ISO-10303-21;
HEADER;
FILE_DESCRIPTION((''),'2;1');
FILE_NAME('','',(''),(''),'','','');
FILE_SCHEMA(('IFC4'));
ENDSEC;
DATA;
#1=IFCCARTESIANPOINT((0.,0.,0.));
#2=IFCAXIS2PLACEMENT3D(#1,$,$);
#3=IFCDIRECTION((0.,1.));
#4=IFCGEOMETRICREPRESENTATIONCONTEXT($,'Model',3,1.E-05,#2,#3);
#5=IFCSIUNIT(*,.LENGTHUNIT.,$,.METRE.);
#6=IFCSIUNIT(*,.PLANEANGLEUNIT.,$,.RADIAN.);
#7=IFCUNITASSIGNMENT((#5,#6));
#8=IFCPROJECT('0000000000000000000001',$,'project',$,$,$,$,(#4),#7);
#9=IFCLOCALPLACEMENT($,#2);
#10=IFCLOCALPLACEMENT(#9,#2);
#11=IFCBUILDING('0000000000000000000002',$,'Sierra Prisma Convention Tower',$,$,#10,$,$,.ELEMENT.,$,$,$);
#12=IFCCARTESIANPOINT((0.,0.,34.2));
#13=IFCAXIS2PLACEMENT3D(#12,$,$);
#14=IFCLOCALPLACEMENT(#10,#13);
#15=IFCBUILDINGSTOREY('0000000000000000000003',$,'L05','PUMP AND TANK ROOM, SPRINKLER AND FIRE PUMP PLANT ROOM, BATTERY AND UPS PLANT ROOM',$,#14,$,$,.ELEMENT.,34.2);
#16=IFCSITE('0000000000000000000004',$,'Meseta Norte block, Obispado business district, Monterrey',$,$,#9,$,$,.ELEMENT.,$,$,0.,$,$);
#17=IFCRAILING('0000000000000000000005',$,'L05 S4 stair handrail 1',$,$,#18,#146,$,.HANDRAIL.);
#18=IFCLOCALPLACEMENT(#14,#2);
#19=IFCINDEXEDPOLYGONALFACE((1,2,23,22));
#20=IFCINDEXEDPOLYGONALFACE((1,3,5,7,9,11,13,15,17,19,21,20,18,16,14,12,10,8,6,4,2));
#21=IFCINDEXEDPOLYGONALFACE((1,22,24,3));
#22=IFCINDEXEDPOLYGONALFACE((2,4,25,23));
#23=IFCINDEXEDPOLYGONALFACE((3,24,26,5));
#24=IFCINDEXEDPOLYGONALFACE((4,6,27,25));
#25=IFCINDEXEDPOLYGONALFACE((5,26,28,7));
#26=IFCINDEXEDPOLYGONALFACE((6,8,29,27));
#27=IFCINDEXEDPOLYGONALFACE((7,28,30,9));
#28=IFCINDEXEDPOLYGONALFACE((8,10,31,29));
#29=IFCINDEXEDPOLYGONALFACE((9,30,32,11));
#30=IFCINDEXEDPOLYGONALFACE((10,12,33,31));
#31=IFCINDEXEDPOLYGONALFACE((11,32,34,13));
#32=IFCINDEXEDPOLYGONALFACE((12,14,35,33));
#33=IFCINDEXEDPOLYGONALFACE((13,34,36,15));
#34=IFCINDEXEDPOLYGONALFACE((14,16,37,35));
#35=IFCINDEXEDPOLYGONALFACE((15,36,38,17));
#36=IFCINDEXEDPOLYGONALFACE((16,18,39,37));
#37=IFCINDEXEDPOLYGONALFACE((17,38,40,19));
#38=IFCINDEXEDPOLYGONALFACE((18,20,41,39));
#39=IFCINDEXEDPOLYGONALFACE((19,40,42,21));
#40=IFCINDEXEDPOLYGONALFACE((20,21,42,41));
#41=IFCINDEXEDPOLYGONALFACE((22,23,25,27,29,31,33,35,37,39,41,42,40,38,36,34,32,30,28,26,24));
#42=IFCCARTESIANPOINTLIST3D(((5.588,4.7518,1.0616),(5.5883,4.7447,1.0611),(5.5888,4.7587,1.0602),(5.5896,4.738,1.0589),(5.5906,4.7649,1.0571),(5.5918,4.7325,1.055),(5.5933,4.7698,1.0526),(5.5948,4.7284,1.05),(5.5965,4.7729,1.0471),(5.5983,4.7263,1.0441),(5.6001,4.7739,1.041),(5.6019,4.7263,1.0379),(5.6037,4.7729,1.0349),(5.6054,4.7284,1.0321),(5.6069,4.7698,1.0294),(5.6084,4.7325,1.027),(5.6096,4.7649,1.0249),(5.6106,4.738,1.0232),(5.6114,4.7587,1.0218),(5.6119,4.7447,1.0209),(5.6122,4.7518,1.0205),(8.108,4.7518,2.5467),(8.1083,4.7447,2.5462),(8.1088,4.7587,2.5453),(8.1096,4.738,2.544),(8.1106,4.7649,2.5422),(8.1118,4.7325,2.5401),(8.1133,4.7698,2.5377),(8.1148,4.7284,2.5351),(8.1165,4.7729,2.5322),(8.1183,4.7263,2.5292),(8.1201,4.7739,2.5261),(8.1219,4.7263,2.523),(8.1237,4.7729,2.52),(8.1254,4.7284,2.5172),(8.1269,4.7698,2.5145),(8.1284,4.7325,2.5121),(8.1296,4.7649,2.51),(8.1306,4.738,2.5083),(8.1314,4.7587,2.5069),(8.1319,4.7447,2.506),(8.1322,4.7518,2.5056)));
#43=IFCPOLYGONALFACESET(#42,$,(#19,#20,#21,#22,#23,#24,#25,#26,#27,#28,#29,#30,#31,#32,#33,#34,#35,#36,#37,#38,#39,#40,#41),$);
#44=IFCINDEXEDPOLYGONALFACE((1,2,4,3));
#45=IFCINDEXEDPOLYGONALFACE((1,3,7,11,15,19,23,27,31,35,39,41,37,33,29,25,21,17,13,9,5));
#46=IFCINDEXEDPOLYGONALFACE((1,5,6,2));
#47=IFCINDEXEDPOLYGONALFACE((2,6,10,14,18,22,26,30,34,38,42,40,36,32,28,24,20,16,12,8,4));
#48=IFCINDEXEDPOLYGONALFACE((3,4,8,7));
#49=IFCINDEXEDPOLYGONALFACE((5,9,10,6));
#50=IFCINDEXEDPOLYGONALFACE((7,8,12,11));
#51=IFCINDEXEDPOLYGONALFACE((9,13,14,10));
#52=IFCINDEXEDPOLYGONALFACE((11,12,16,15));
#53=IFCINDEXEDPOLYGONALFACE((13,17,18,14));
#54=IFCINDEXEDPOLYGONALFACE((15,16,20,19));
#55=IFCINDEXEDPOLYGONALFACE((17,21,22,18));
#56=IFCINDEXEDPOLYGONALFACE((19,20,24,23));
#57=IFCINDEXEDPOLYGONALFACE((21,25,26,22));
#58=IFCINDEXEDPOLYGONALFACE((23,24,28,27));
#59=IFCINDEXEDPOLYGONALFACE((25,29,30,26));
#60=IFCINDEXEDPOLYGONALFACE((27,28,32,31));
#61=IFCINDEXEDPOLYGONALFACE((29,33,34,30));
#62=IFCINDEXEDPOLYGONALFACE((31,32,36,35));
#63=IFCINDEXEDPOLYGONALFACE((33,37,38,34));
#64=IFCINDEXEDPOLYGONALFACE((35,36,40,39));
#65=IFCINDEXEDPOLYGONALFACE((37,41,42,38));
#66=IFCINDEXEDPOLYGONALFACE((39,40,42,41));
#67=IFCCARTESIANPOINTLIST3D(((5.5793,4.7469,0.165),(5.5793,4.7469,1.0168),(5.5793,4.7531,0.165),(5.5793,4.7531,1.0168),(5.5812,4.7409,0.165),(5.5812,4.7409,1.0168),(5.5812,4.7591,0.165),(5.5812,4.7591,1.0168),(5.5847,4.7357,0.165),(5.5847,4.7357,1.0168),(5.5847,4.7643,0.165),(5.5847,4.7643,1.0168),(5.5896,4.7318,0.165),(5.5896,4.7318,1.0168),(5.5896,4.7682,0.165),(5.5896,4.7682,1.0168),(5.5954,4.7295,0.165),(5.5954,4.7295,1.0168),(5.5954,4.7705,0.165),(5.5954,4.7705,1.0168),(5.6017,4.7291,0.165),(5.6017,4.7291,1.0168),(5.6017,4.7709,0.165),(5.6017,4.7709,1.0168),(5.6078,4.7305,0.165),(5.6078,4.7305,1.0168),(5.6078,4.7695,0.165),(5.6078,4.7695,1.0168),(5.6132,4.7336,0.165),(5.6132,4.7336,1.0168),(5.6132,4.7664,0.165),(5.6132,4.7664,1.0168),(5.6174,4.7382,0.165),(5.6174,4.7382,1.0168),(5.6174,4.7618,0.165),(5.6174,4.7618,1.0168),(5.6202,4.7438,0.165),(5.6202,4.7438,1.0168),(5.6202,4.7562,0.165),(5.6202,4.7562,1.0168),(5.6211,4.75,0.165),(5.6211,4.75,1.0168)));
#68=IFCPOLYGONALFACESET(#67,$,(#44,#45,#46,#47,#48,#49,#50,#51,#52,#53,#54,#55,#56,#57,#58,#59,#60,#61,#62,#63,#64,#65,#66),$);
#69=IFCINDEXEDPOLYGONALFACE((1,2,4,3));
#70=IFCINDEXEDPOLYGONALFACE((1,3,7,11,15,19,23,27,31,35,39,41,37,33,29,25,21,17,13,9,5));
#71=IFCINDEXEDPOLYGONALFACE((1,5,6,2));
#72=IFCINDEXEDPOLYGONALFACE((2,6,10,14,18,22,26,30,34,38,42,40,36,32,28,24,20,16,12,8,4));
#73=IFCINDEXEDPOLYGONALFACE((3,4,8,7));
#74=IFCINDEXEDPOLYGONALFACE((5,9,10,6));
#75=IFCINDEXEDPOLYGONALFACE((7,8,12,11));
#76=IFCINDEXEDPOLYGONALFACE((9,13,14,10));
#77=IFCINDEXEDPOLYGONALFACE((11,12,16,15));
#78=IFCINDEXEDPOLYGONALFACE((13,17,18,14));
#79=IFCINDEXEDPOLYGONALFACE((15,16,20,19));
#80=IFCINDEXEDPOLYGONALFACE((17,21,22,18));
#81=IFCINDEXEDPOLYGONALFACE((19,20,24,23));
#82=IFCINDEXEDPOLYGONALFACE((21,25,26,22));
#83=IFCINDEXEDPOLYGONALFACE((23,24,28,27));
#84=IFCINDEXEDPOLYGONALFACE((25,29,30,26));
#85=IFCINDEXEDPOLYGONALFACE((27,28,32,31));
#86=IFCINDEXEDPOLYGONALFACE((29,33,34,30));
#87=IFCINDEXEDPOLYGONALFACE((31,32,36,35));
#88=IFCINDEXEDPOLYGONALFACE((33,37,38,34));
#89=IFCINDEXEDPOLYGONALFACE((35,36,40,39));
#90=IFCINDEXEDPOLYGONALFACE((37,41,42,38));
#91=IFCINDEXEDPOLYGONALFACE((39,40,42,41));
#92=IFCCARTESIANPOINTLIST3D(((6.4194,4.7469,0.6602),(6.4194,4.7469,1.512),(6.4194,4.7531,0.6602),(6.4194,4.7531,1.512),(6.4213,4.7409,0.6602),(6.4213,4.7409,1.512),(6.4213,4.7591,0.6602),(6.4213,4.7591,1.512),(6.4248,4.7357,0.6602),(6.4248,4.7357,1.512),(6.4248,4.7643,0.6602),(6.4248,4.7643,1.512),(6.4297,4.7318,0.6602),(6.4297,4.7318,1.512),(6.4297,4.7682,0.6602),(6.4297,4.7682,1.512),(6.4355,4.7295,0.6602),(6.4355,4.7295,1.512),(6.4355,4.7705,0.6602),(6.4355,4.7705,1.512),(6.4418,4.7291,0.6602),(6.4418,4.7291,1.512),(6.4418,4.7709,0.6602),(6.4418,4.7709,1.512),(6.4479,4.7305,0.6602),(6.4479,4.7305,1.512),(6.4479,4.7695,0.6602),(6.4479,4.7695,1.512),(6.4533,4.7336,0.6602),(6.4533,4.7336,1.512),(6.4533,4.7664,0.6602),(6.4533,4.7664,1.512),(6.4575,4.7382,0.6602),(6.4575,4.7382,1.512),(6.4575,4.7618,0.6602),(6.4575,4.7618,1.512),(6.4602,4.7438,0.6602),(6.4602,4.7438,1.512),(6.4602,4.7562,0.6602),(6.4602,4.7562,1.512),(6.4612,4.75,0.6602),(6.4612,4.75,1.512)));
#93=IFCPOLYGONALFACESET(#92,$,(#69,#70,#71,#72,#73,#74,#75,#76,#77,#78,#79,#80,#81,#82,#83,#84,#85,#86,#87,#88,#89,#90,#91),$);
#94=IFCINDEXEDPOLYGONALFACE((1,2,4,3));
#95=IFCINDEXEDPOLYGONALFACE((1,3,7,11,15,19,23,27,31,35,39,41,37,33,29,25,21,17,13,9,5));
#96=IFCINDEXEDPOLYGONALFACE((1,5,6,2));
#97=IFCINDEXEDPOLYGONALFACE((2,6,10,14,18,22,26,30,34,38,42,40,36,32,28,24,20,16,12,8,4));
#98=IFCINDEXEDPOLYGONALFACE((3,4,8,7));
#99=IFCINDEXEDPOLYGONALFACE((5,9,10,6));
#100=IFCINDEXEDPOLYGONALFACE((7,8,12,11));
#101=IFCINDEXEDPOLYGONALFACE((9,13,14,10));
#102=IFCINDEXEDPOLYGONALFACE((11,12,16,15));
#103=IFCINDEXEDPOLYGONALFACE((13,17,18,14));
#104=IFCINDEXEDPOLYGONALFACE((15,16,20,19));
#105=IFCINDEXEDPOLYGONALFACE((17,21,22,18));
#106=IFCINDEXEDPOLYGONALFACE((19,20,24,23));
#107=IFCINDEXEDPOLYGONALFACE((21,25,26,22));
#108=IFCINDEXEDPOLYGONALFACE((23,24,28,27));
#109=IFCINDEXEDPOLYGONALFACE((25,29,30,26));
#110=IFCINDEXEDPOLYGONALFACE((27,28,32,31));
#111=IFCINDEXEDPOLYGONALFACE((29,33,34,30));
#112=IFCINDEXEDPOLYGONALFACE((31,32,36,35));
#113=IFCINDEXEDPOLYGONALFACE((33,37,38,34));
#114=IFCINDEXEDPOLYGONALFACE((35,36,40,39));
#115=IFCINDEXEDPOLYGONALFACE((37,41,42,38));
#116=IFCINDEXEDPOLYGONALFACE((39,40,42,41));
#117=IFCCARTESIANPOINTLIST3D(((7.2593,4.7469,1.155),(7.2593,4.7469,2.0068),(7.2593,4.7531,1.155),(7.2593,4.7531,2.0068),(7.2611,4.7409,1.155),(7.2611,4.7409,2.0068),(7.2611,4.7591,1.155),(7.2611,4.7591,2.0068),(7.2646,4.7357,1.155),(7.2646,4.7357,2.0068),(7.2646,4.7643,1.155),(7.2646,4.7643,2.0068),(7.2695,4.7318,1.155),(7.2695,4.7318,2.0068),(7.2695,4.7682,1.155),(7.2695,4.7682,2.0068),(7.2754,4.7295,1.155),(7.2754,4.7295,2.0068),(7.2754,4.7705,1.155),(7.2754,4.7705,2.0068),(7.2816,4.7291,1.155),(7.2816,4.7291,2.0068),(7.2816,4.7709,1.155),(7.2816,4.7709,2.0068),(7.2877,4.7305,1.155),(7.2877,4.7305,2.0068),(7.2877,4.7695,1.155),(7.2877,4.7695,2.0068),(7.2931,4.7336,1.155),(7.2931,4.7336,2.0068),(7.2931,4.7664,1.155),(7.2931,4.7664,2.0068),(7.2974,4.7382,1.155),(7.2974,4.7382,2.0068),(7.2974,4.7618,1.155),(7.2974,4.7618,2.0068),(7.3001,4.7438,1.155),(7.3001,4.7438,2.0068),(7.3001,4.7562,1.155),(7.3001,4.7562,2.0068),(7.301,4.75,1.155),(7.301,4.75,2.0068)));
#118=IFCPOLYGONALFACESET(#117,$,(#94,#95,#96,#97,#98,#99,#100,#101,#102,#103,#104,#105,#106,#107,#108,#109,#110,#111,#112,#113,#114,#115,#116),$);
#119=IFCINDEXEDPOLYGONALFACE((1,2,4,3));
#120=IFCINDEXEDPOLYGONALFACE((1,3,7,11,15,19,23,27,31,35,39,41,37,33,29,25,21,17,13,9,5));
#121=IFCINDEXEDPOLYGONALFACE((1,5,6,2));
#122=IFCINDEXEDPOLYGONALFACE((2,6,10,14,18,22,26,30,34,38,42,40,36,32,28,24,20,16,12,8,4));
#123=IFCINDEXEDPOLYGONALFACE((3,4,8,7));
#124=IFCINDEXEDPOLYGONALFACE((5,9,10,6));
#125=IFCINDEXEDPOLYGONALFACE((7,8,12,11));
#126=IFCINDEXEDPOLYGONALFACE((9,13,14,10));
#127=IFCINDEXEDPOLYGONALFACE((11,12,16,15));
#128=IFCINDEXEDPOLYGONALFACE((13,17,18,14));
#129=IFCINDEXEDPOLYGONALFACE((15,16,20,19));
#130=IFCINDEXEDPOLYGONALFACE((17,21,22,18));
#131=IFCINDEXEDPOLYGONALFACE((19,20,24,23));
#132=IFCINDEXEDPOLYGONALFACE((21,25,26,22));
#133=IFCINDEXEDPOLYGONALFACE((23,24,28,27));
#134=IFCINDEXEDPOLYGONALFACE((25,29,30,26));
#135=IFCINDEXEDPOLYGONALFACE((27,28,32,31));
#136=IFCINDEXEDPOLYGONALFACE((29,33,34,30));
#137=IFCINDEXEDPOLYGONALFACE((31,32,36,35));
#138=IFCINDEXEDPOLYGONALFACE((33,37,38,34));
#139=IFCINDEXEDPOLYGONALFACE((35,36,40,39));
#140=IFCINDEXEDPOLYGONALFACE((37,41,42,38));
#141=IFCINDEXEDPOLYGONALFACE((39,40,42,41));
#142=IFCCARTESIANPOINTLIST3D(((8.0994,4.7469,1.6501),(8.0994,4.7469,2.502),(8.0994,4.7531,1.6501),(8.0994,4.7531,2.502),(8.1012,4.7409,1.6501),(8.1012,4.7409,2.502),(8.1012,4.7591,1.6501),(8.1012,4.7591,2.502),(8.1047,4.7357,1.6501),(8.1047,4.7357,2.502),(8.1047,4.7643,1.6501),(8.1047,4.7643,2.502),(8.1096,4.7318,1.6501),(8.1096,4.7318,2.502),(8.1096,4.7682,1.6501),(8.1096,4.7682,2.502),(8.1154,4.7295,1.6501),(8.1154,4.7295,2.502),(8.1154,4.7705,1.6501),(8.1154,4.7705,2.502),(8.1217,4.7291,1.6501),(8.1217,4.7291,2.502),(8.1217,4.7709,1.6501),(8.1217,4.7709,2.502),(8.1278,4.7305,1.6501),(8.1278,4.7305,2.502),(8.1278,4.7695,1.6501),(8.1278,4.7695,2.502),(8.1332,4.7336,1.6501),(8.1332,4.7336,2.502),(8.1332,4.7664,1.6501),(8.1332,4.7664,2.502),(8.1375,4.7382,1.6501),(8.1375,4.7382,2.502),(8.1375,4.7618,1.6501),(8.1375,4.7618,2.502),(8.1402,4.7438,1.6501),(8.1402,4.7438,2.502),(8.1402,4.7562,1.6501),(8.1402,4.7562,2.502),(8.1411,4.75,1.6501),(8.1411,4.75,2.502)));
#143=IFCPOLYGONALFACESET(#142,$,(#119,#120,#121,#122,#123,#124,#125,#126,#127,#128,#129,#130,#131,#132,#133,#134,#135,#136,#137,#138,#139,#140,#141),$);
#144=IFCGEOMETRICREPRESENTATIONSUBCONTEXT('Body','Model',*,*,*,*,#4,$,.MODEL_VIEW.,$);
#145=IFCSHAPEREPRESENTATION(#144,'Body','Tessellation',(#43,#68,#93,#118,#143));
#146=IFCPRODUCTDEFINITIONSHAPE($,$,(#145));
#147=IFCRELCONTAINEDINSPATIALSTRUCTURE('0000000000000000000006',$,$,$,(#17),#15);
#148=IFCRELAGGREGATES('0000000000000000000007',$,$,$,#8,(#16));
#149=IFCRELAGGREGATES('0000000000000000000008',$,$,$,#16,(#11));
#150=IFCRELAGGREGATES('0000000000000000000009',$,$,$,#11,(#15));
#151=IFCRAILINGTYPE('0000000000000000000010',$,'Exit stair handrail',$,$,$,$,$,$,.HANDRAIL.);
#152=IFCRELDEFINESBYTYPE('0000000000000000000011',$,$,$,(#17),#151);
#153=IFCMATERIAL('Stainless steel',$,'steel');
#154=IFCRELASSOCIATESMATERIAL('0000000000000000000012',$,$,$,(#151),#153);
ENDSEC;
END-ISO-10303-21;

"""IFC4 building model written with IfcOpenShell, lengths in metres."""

from ifc_helpers import new_model, si_unit, direction, frame, origin, origin_2d, place, context, subcontext, project, spatial, circle, extrude, material, type_object, element, save


model = new_model("IFC4")

# Units and contexts
model_context = context("Model", 3, precision=1e-05, world=origin(), true_north=direction((0.0, 1.0)))
body_context = subcontext(model_context, "Body", "Model", "MODEL_VIEW")
ifc_project = project(units=[si_unit("LENGTHUNIT", "METRE"), si_unit("PLANEANGLEUNIT", "RADIAN")], contexts=[model_context])

# Site, building, storey
site_placement = place(None, origin())
site = spatial("IfcSite", under=ifc_project, at=site_placement, Name="Meseta Norte block, Obispado business district, Monterrey", CompositionType="ELEMENT", RefElevation=0.0)
building_placement = place(site_placement, origin())
building = spatial("IfcBuilding", under=site, at=building_placement, Name="Sierra Prisma Convention Tower", CompositionType="ELEMENT")
storey_placement = place(building_placement, frame((0.0, 0.0, 34.2)))
storey = spatial("IfcBuildingStorey", under=building, at=storey_placement, Name="L05", Description="PUMP AND TANK ROOM, SPRINKLER AND FIRE PUMP PLANT ROOM, BATTERY AND UPS PLANT ROOM", CompositionType="ELEMENT", Elevation=34.2)

# Railing
ifc_material_1 = material(Name="Stainless steel", Category="steel")
railing_type = type_object("IfcRailingType", Name="Exit stair handrail", PredefinedType="HANDRAIL", material=ifc_material_1)
railing_1_placement = place(storey_placement, frame((5.6001, 4.75, 0.165)))
element("IfcRailing", 1, at=railing_1_placement, inside=storey, type_object=railing_type, Name="L05 S4 stair handrail 1", PredefinedType="HANDRAIL", context=body_context, shape_type="SweptSolid", body=[
    extrude(circle(Radius=0.0239, at=origin_2d()), frame((0.0, 0.0, 0.876), z_axis=(0.861524, 0.0, 0.507717), x_axis=(0.0, 1.0, 0.0)), (0.0, 0.0, 1.0), 2.925),
    extrude(circle(Radius=0.021, at=origin_2d()), origin(), (0.0, 0.0, 1.0), 0.8518),
    extrude(circle(Radius=0.021, at=origin_2d()), frame((0.8401, 0.0, 0.4951)), (0.0, 0.0, 1.0), 0.8518),
    extrude(circle(Radius=0.021, at=origin_2d()), frame((1.6799, 0.0, 0.99)), (0.0, 0.0, 1.0), 0.8518),
    extrude(circle(Radius=0.021, at=origin_2d()), frame((2.52, 0.0, 1.4851)), (0.0, 0.0, 1.0), 0.8518),
])

save(model, "model.ifc")
